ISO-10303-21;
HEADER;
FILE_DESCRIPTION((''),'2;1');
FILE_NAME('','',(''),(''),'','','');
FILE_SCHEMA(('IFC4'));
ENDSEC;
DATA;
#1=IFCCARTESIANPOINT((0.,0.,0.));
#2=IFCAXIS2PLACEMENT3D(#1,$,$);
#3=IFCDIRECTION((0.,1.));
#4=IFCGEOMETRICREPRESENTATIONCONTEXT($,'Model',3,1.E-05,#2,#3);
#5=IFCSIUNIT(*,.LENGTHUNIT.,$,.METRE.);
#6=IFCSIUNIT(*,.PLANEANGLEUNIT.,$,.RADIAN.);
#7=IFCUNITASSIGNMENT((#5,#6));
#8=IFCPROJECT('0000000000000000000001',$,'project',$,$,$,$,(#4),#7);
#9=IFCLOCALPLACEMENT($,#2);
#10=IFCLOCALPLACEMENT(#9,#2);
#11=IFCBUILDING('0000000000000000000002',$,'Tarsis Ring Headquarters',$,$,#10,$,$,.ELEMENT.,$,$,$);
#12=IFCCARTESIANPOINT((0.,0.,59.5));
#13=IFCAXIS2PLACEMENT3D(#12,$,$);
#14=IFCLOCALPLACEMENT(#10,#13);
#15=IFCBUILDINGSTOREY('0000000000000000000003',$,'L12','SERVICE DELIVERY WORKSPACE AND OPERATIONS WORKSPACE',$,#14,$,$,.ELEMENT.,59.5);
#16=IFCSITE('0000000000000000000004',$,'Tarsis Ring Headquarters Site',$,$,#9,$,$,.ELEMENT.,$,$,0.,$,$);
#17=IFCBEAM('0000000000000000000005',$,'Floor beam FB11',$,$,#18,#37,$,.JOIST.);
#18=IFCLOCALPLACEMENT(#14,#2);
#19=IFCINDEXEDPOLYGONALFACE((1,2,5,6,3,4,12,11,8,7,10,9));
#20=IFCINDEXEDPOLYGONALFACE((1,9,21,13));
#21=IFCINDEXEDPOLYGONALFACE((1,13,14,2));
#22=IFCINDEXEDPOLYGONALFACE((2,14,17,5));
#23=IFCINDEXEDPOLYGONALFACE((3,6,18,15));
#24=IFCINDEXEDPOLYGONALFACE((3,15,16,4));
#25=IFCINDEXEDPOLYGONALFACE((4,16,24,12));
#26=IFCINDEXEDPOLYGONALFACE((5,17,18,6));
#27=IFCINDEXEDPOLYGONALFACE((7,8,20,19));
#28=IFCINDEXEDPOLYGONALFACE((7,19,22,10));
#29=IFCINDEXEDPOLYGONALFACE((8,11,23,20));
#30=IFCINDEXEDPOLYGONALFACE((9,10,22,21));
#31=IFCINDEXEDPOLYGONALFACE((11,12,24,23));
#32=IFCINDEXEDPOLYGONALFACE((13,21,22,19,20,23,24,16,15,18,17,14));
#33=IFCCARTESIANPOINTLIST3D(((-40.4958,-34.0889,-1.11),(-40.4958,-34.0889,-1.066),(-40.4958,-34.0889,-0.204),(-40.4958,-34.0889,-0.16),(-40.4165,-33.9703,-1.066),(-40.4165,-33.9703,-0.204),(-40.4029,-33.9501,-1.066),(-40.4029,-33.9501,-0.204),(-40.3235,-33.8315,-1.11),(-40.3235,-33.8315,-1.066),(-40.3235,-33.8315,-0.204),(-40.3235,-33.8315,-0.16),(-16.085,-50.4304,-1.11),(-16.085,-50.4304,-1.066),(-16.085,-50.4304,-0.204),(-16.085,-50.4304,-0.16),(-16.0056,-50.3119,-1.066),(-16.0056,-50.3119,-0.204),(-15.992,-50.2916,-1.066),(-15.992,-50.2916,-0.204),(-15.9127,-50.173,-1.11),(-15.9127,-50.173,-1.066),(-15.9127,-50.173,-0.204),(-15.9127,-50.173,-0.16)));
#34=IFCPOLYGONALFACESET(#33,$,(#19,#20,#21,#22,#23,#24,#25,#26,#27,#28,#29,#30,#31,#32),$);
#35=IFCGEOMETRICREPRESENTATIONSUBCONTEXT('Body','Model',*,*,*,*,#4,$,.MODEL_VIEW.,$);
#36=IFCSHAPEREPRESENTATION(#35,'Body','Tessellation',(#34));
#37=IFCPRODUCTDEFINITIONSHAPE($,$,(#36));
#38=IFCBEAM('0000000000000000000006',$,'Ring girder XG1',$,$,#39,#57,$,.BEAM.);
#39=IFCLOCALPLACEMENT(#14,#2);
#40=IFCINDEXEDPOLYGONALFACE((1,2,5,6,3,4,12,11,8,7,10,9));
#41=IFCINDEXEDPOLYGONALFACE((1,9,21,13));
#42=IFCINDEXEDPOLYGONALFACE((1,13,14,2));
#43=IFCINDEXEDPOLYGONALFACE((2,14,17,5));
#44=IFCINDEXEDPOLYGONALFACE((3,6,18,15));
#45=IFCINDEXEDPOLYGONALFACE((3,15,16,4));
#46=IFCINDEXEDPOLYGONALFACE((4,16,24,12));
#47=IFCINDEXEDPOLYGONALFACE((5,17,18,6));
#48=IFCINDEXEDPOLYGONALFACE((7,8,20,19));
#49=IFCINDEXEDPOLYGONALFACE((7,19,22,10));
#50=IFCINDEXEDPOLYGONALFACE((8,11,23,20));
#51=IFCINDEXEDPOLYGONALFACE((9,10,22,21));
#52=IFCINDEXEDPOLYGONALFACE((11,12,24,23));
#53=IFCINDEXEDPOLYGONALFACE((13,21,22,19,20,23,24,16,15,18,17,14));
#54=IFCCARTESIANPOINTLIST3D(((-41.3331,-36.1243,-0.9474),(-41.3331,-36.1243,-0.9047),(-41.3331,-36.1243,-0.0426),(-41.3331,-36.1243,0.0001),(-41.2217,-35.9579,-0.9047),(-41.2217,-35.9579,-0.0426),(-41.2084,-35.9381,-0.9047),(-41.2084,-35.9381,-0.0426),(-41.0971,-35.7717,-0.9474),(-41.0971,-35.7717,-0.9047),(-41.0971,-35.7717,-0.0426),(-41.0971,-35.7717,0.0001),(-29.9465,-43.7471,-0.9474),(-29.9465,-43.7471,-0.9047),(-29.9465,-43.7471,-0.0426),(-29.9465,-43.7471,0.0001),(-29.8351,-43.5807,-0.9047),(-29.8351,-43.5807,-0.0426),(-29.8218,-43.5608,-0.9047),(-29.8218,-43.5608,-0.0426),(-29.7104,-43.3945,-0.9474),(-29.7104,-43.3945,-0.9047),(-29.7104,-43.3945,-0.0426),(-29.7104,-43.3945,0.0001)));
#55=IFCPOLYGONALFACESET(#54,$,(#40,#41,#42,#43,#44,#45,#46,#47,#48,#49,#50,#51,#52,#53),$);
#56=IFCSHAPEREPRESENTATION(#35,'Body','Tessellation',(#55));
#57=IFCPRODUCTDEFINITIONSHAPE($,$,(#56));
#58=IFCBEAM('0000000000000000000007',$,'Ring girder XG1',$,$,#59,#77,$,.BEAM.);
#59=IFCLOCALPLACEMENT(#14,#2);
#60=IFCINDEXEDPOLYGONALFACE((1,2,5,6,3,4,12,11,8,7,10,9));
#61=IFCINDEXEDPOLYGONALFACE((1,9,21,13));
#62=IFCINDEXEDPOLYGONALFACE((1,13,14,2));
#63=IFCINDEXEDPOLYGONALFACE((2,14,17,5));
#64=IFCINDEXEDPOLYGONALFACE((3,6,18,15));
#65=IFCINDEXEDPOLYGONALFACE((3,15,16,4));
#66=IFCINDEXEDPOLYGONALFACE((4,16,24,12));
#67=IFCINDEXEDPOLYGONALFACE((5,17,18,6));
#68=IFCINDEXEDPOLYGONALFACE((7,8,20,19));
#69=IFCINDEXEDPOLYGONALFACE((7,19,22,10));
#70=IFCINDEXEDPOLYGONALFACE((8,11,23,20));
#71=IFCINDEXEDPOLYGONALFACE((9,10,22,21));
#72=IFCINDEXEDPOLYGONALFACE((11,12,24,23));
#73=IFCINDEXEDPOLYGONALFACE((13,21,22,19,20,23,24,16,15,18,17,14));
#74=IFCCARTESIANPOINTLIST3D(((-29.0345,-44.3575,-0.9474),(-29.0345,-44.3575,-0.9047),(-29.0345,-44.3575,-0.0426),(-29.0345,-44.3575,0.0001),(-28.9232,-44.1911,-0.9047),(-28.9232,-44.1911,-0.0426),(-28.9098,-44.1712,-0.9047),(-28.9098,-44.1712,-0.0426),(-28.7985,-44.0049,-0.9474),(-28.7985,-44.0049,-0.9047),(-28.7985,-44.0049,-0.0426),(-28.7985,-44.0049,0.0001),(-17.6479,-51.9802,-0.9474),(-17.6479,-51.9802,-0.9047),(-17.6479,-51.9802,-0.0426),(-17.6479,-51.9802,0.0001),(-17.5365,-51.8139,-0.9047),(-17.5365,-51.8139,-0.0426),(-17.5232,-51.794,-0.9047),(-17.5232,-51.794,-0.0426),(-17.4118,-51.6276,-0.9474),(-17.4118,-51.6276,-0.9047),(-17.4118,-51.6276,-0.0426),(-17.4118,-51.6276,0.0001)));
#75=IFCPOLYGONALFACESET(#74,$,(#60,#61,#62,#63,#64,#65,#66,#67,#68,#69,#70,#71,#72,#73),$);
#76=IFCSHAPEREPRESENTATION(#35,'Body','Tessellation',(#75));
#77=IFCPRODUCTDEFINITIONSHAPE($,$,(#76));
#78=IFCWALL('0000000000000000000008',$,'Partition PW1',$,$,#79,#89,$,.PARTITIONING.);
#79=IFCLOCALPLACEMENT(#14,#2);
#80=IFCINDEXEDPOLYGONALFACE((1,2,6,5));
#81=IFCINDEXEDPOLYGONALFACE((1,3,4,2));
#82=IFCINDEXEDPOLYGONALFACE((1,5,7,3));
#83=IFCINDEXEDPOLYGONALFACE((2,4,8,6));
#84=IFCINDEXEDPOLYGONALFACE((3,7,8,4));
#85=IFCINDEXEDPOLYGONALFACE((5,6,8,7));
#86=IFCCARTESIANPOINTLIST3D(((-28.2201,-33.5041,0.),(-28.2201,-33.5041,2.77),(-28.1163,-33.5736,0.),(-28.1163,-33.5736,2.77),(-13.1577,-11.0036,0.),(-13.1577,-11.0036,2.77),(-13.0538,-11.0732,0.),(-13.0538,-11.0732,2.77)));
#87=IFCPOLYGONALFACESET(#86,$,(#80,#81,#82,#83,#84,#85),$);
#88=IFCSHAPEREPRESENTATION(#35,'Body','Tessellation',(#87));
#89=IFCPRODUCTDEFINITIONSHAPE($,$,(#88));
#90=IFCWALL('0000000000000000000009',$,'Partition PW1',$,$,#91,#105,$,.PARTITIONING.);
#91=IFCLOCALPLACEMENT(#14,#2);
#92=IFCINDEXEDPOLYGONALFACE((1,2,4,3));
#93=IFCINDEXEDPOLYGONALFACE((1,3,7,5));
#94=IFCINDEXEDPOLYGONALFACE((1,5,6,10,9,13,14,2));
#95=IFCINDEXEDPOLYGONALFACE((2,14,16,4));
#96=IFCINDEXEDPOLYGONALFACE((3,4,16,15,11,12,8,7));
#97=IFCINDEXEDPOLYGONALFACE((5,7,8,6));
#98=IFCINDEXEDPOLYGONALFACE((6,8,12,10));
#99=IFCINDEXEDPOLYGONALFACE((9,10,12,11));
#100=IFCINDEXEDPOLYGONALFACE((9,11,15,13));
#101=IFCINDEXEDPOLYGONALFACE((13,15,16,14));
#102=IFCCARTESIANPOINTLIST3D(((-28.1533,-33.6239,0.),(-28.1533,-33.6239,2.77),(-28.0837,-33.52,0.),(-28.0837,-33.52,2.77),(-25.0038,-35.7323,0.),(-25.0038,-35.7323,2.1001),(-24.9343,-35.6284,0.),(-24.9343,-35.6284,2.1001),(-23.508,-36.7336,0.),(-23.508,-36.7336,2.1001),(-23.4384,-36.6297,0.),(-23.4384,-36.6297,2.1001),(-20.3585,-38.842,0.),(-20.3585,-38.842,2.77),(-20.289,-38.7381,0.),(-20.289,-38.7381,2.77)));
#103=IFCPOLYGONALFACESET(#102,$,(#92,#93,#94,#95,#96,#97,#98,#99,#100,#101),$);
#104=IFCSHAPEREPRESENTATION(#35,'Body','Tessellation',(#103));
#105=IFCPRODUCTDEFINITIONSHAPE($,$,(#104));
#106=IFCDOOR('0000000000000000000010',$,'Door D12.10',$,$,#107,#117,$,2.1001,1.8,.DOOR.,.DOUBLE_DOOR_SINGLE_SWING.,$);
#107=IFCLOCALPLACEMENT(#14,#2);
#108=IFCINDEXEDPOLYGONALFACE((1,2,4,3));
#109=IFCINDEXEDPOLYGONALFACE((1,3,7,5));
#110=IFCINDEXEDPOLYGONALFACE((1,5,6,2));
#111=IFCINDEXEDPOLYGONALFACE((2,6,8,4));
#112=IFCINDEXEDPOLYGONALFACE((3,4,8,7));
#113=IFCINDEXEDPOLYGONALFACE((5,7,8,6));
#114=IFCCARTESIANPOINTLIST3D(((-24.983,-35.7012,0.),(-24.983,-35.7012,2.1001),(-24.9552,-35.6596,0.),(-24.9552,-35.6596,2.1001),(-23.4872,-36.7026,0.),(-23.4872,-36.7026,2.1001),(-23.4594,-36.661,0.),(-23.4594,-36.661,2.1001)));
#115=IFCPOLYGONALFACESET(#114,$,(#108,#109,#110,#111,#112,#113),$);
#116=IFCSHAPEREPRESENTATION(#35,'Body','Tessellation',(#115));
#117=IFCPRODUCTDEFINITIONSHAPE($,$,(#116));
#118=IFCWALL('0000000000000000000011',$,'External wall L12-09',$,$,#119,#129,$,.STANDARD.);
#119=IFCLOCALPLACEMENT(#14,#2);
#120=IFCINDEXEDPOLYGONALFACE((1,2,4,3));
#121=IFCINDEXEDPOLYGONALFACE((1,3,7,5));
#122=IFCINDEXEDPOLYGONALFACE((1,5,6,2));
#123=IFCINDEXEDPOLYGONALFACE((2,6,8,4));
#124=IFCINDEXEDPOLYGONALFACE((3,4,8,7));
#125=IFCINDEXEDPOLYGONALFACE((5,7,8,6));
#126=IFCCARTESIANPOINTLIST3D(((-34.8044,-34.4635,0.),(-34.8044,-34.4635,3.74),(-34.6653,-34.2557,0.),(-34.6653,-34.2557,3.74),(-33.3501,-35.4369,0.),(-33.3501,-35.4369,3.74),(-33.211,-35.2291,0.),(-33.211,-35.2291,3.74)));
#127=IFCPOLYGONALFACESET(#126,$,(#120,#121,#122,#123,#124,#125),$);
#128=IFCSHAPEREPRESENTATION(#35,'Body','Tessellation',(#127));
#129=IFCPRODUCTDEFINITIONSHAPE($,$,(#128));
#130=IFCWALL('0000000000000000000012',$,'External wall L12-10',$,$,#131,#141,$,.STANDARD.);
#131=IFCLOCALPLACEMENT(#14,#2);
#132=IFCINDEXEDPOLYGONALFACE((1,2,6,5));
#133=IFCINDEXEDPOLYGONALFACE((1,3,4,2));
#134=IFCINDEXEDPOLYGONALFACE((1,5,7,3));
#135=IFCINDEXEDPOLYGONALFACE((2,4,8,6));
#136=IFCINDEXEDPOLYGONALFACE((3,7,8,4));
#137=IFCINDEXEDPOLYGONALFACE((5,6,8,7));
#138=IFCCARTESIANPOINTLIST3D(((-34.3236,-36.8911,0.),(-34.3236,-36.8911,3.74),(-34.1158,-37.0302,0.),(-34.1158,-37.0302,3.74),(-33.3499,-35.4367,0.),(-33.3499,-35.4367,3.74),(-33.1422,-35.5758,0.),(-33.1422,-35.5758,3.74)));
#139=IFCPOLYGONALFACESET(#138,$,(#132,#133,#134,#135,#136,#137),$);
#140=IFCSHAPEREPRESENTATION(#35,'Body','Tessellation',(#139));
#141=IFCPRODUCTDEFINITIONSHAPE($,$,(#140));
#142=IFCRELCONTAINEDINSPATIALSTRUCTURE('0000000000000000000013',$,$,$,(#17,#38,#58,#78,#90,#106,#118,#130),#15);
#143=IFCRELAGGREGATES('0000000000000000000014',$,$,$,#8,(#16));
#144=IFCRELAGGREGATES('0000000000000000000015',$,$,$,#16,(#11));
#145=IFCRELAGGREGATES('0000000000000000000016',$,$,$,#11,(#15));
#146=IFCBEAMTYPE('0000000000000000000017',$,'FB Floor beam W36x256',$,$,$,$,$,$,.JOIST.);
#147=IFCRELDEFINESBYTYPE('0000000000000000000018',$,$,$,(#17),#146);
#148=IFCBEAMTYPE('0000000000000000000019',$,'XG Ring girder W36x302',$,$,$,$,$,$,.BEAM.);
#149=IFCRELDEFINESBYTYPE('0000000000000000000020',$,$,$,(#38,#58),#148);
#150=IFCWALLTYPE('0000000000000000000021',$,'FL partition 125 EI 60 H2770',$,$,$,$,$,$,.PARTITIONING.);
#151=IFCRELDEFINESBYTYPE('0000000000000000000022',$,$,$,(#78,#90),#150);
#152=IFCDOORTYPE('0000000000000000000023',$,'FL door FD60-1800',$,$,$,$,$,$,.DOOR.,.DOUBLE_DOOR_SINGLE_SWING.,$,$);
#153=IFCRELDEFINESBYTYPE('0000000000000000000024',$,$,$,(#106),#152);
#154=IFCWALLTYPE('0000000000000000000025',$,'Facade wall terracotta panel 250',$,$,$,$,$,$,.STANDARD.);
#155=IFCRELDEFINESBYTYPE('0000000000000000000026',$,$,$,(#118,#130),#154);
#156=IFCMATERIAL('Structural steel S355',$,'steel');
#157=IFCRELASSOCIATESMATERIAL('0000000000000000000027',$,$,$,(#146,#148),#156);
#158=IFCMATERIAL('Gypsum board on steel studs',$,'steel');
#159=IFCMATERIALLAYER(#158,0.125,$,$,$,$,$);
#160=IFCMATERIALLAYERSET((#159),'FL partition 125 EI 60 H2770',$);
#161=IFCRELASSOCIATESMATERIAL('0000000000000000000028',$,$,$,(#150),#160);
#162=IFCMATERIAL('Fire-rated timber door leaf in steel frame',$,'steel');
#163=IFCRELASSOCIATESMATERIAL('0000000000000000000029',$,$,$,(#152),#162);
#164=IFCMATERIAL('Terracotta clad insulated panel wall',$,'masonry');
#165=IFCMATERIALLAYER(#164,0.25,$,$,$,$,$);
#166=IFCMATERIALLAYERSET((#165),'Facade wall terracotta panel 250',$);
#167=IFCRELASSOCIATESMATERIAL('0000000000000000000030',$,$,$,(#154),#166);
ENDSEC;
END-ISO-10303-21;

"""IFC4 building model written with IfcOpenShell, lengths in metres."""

from ifc_helpers import new_model, si_unit, direction, frame, frame_2d, origin, origin_2d, place, context, subcontext, project, spatial, rectangle, i_section, extrude, material, layer, layer_set, material_profile, profile_set, type_object, element, fill, save


model = new_model("IFC4")

# Units and contexts
model_context = context("Model", 3, precision=1e-05, world=origin(), true_north=direction((0.0, 1.0)))
body_context = subcontext(model_context, "Body", "Model", "MODEL_VIEW")
ifc_project = project(units=[si_unit("LENGTHUNIT", "METRE"), si_unit("PLANEANGLEUNIT", "RADIAN")], contexts=[model_context])

# Site, building, storey
site_placement = place(None, origin())
site = spatial("IfcSite", under=ifc_project, at=site_placement, Name="Tarsis Ring Headquarters Site", CompositionType="ELEMENT", RefElevation=0.0)
building_placement = place(site_placement, origin())
building = spatial("IfcBuilding", under=site, at=building_placement, Name="Tarsis Ring Headquarters", CompositionType="ELEMENT")
storey_placement = place(building_placement, frame((0.0, 0.0, 59.5)))
storey = spatial("IfcBuildingStorey", under=building, at=storey_placement, Name="L12", Description="SERVICE DELIVERY WORKSPACE AND OPERATIONS WORKSPACE", CompositionType="ELEMENT", Elevation=59.5)

# Beams
ifc_material_1 = material(Name="Structural steel S355", Category="steel")
ifc_material_profile_1 = material_profile(ifc_material_1, i_section(OverallWidth=0.3098, OverallDepth=0.95, WebThickness=0.0244, FlangeThickness=0.0439, at=origin_2d()), Name="W36x256")
ifc_profile_set_1 = profile_set([ifc_material_profile_1], Name="Structural steel S355")
beam_type_1 = type_object("IfcBeamType", Name="FB Floor beam W36x256", PredefinedType="JOIST", material=ifc_profile_set_1)
beam_placement = place(storey_placement, frame((-40.4097, -33.9602, -0.635), z_axis=(0.830986, -0.556293, 0.0), x_axis=(0.556293, 0.830986, 0.0)))
element("IfcBeam", 1, at=beam_placement, inside=storey, type_object=beam_type_1, Name="Floor beam FB11", PredefinedType="JOIST", context=body_context, shape_type="SweptSolid", body=[
    extrude(i_section(OverallWidth=0.3098, OverallDepth=0.95, WebThickness=0.0244, FlangeThickness=0.0439, at=origin_2d()), origin(), (0.0, 0.0, 1.0), 29.3757),
])
ifc_material_profile_2 = material_profile(ifc_material_1, i_section(OverallWidth=0.4243, OverallDepth=0.9475, WebThickness=0.0239, FlangeThickness=0.0427, at=origin_2d()), Name="W36x302")
ifc_profile_set_2 = profile_set([ifc_material_profile_2], Name="Structural steel S355")
beam_type_2 = type_object("IfcBeamType", Name="XG Ring girder W36x302", PredefinedType="BEAM", material=ifc_profile_set_2)
for number, where, z_axis, x_axis, name in (
    (2, (-41.2151, -35.948, -0.4736), (0.830982, -0.556299, 0.0), (0.556299, 0.830982, 0.0), "Ring girder XG1"),
    (3, (-28.9165, -44.1812, -0.4736), (0.830982, -0.556299, 0.0), (0.556299, 0.830982, 0.0), "Ring girder XG1"),
):
    element("IfcBeam", number, at=place(storey_placement, frame(where, z_axis=z_axis, x_axis=x_axis)), inside=storey, type_object=beam_type_2, Name=name, PredefinedType="BEAM", context=body_context, shape_type="SweptSolid", body=[
        extrude(i_section(OverallWidth=0.4243, OverallDepth=0.9475, WebThickness=0.0239, FlangeThickness=0.0427, at=origin_2d()), origin(), (0.0, 0.0, 1.0), 13.7026),
    ])

# Wall
ifc_material_2 = material(Name="Gypsum board on steel studs", Category="steel")
ifc_layer_1 = layer(ifc_material_2, 0.125)
ifc_layer_set_1 = layer_set([ifc_layer_1], Name="FL partition 125 EI 60 H2770")
wall_type_1 = type_object("IfcWallType", Name="FL partition 125 EI 60 H2770", PredefinedType="PARTITIONING", material=ifc_layer_set_1)
wall_1_placement = place(storey_placement, frame((-28.1682, -33.5388, 0.0), z_axis=(0.0, 0.0, 1.0), x_axis=(0.556289, 0.830989, 0.0)))
element("IfcWall", 4, at=wall_1_placement, inside=storey, type_object=wall_type_1, Name="Partition PW1", PredefinedType="PARTITIONING", context=body_context, shape_type="SweptSolid", body=[
    extrude(rectangle(XDim=27.0767, YDim=0.125, at=frame_2d((13.5383, 0.0))), origin(), (0.0, 0.0, 1.0), 2.77),
])

# Wall, opening, door
wall_2_placement = place(storey_placement, frame((-28.1184, -33.572, 0.0), z_axis=(0.0, 0.0, 1.0), x_axis=(0.830988, -0.556291, 0.0)))
wall_2 = element("IfcWall", 5, at=wall_2_placement, inside=storey, type_object=wall_type_1, Name="Partition PW1", PredefinedType="PARTITIONING", context=body_context, shape_type="SweptSolid", body=[
    extrude(rectangle(XDim=9.3801, YDim=0.125, at=frame_2d((4.6899, 0.0))), origin(), (0.0, 0.0, 1.0), 2.77),
])
opening_1_placement = place(wall_2_placement, frame((3.79, 0.0, 0.0)))
opening_1 = element("IfcOpeningElement", 6, at=opening_1_placement, cuts=wall_2, PredefinedType="OPENING", context=body_context, shape_type="SweptSolid", body=[
    extrude(rectangle(XDim=1.8, YDim=2.1001, at=frame_2d((0.8999, 1.05))), frame((0.0, 0.0725, 0.0), z_axis=(0.0, -1.0, 0.0), x_axis=(1.0, 0.0, 0.0)), (0.0, 0.0, 1.0), 0.145),
])
ifc_material_3 = material(Name="Fire-rated timber door leaf in steel frame", Category="steel")
door_type = type_object("IfcDoorType", Name="FL door FD60-1800", OperationType="DOUBLE_DOOR_SINGLE_SWING", PredefinedType="DOOR", material=ifc_material_3)
door_placement = place(opening_1_placement, origin())
door = element("IfcDoor", 7, at=door_placement, inside=storey, type_object=door_type, Name="Door D12.10", OperationType="DOUBLE_DOOR_SINGLE_SWING", OverallHeight=2.1001, OverallWidth=1.8, PredefinedType="DOOR", context=body_context, shape_type="SweptSolid", body=[
    extrude(rectangle(XDim=1.8, YDim=2.1001, at=frame_2d((0.8999, 1.05))), frame((0.0, 0.0249, 0.0), z_axis=(0.0, -1.0, 0.0), x_axis=(1.0, 0.0, 0.0)), (0.0, 0.0, 1.0), 0.05),
])
fill(opening_1, door)

# Walls
ifc_material_4 = material(Name="Terracotta clad insulated panel wall", Category="masonry")
ifc_layer_2 = layer(ifc_material_4, 0.25)
ifc_layer_set_2 = layer_set([ifc_layer_2], Name="Facade wall terracotta panel 250")
wall_type_2 = type_object("IfcWallType", Name="Facade wall terracotta panel 250", PredefinedType="STANDARD", material=ifc_layer_set_2)
wall_3_placement = place(storey_placement, frame((-34.7349, -34.3596, 0.0), z_axis=(0.0, 0.0, 1.0), x_axis=(0.83104, -0.556212, 0.0)))
element("IfcWall", 8, at=wall_3_placement, inside=storey, type_object=wall_type_2, Name="External wall L12-09", PredefinedType="STANDARD", context=body_context, shape_type="SweptSolid", body=[
    extrude(rectangle(XDim=1.75, YDim=0.25, at=frame_2d((0.875, 0.0))), origin(), (0.0, 0.0, 1.0), 3.74),
])
wall_4_placement = place(storey_placement, frame((-33.2461, -35.5063, 0.0), z_axis=(0.0, 0.0, 1.0), x_axis=(-0.556309, -0.830976, 0.0)))
element("IfcWall", 9, at=wall_4_placement, inside=storey, type_object=wall_type_2, Name="External wall L12-10", PredefinedType="STANDARD", context=body_context, shape_type="SweptSolid", body=[
    extrude(rectangle(XDim=1.7502, YDim=0.25, at=frame_2d((0.875, 0.0))), origin(), (0.0, 0.0, 1.0), 3.74),
])

save(model, "model.ifc")
